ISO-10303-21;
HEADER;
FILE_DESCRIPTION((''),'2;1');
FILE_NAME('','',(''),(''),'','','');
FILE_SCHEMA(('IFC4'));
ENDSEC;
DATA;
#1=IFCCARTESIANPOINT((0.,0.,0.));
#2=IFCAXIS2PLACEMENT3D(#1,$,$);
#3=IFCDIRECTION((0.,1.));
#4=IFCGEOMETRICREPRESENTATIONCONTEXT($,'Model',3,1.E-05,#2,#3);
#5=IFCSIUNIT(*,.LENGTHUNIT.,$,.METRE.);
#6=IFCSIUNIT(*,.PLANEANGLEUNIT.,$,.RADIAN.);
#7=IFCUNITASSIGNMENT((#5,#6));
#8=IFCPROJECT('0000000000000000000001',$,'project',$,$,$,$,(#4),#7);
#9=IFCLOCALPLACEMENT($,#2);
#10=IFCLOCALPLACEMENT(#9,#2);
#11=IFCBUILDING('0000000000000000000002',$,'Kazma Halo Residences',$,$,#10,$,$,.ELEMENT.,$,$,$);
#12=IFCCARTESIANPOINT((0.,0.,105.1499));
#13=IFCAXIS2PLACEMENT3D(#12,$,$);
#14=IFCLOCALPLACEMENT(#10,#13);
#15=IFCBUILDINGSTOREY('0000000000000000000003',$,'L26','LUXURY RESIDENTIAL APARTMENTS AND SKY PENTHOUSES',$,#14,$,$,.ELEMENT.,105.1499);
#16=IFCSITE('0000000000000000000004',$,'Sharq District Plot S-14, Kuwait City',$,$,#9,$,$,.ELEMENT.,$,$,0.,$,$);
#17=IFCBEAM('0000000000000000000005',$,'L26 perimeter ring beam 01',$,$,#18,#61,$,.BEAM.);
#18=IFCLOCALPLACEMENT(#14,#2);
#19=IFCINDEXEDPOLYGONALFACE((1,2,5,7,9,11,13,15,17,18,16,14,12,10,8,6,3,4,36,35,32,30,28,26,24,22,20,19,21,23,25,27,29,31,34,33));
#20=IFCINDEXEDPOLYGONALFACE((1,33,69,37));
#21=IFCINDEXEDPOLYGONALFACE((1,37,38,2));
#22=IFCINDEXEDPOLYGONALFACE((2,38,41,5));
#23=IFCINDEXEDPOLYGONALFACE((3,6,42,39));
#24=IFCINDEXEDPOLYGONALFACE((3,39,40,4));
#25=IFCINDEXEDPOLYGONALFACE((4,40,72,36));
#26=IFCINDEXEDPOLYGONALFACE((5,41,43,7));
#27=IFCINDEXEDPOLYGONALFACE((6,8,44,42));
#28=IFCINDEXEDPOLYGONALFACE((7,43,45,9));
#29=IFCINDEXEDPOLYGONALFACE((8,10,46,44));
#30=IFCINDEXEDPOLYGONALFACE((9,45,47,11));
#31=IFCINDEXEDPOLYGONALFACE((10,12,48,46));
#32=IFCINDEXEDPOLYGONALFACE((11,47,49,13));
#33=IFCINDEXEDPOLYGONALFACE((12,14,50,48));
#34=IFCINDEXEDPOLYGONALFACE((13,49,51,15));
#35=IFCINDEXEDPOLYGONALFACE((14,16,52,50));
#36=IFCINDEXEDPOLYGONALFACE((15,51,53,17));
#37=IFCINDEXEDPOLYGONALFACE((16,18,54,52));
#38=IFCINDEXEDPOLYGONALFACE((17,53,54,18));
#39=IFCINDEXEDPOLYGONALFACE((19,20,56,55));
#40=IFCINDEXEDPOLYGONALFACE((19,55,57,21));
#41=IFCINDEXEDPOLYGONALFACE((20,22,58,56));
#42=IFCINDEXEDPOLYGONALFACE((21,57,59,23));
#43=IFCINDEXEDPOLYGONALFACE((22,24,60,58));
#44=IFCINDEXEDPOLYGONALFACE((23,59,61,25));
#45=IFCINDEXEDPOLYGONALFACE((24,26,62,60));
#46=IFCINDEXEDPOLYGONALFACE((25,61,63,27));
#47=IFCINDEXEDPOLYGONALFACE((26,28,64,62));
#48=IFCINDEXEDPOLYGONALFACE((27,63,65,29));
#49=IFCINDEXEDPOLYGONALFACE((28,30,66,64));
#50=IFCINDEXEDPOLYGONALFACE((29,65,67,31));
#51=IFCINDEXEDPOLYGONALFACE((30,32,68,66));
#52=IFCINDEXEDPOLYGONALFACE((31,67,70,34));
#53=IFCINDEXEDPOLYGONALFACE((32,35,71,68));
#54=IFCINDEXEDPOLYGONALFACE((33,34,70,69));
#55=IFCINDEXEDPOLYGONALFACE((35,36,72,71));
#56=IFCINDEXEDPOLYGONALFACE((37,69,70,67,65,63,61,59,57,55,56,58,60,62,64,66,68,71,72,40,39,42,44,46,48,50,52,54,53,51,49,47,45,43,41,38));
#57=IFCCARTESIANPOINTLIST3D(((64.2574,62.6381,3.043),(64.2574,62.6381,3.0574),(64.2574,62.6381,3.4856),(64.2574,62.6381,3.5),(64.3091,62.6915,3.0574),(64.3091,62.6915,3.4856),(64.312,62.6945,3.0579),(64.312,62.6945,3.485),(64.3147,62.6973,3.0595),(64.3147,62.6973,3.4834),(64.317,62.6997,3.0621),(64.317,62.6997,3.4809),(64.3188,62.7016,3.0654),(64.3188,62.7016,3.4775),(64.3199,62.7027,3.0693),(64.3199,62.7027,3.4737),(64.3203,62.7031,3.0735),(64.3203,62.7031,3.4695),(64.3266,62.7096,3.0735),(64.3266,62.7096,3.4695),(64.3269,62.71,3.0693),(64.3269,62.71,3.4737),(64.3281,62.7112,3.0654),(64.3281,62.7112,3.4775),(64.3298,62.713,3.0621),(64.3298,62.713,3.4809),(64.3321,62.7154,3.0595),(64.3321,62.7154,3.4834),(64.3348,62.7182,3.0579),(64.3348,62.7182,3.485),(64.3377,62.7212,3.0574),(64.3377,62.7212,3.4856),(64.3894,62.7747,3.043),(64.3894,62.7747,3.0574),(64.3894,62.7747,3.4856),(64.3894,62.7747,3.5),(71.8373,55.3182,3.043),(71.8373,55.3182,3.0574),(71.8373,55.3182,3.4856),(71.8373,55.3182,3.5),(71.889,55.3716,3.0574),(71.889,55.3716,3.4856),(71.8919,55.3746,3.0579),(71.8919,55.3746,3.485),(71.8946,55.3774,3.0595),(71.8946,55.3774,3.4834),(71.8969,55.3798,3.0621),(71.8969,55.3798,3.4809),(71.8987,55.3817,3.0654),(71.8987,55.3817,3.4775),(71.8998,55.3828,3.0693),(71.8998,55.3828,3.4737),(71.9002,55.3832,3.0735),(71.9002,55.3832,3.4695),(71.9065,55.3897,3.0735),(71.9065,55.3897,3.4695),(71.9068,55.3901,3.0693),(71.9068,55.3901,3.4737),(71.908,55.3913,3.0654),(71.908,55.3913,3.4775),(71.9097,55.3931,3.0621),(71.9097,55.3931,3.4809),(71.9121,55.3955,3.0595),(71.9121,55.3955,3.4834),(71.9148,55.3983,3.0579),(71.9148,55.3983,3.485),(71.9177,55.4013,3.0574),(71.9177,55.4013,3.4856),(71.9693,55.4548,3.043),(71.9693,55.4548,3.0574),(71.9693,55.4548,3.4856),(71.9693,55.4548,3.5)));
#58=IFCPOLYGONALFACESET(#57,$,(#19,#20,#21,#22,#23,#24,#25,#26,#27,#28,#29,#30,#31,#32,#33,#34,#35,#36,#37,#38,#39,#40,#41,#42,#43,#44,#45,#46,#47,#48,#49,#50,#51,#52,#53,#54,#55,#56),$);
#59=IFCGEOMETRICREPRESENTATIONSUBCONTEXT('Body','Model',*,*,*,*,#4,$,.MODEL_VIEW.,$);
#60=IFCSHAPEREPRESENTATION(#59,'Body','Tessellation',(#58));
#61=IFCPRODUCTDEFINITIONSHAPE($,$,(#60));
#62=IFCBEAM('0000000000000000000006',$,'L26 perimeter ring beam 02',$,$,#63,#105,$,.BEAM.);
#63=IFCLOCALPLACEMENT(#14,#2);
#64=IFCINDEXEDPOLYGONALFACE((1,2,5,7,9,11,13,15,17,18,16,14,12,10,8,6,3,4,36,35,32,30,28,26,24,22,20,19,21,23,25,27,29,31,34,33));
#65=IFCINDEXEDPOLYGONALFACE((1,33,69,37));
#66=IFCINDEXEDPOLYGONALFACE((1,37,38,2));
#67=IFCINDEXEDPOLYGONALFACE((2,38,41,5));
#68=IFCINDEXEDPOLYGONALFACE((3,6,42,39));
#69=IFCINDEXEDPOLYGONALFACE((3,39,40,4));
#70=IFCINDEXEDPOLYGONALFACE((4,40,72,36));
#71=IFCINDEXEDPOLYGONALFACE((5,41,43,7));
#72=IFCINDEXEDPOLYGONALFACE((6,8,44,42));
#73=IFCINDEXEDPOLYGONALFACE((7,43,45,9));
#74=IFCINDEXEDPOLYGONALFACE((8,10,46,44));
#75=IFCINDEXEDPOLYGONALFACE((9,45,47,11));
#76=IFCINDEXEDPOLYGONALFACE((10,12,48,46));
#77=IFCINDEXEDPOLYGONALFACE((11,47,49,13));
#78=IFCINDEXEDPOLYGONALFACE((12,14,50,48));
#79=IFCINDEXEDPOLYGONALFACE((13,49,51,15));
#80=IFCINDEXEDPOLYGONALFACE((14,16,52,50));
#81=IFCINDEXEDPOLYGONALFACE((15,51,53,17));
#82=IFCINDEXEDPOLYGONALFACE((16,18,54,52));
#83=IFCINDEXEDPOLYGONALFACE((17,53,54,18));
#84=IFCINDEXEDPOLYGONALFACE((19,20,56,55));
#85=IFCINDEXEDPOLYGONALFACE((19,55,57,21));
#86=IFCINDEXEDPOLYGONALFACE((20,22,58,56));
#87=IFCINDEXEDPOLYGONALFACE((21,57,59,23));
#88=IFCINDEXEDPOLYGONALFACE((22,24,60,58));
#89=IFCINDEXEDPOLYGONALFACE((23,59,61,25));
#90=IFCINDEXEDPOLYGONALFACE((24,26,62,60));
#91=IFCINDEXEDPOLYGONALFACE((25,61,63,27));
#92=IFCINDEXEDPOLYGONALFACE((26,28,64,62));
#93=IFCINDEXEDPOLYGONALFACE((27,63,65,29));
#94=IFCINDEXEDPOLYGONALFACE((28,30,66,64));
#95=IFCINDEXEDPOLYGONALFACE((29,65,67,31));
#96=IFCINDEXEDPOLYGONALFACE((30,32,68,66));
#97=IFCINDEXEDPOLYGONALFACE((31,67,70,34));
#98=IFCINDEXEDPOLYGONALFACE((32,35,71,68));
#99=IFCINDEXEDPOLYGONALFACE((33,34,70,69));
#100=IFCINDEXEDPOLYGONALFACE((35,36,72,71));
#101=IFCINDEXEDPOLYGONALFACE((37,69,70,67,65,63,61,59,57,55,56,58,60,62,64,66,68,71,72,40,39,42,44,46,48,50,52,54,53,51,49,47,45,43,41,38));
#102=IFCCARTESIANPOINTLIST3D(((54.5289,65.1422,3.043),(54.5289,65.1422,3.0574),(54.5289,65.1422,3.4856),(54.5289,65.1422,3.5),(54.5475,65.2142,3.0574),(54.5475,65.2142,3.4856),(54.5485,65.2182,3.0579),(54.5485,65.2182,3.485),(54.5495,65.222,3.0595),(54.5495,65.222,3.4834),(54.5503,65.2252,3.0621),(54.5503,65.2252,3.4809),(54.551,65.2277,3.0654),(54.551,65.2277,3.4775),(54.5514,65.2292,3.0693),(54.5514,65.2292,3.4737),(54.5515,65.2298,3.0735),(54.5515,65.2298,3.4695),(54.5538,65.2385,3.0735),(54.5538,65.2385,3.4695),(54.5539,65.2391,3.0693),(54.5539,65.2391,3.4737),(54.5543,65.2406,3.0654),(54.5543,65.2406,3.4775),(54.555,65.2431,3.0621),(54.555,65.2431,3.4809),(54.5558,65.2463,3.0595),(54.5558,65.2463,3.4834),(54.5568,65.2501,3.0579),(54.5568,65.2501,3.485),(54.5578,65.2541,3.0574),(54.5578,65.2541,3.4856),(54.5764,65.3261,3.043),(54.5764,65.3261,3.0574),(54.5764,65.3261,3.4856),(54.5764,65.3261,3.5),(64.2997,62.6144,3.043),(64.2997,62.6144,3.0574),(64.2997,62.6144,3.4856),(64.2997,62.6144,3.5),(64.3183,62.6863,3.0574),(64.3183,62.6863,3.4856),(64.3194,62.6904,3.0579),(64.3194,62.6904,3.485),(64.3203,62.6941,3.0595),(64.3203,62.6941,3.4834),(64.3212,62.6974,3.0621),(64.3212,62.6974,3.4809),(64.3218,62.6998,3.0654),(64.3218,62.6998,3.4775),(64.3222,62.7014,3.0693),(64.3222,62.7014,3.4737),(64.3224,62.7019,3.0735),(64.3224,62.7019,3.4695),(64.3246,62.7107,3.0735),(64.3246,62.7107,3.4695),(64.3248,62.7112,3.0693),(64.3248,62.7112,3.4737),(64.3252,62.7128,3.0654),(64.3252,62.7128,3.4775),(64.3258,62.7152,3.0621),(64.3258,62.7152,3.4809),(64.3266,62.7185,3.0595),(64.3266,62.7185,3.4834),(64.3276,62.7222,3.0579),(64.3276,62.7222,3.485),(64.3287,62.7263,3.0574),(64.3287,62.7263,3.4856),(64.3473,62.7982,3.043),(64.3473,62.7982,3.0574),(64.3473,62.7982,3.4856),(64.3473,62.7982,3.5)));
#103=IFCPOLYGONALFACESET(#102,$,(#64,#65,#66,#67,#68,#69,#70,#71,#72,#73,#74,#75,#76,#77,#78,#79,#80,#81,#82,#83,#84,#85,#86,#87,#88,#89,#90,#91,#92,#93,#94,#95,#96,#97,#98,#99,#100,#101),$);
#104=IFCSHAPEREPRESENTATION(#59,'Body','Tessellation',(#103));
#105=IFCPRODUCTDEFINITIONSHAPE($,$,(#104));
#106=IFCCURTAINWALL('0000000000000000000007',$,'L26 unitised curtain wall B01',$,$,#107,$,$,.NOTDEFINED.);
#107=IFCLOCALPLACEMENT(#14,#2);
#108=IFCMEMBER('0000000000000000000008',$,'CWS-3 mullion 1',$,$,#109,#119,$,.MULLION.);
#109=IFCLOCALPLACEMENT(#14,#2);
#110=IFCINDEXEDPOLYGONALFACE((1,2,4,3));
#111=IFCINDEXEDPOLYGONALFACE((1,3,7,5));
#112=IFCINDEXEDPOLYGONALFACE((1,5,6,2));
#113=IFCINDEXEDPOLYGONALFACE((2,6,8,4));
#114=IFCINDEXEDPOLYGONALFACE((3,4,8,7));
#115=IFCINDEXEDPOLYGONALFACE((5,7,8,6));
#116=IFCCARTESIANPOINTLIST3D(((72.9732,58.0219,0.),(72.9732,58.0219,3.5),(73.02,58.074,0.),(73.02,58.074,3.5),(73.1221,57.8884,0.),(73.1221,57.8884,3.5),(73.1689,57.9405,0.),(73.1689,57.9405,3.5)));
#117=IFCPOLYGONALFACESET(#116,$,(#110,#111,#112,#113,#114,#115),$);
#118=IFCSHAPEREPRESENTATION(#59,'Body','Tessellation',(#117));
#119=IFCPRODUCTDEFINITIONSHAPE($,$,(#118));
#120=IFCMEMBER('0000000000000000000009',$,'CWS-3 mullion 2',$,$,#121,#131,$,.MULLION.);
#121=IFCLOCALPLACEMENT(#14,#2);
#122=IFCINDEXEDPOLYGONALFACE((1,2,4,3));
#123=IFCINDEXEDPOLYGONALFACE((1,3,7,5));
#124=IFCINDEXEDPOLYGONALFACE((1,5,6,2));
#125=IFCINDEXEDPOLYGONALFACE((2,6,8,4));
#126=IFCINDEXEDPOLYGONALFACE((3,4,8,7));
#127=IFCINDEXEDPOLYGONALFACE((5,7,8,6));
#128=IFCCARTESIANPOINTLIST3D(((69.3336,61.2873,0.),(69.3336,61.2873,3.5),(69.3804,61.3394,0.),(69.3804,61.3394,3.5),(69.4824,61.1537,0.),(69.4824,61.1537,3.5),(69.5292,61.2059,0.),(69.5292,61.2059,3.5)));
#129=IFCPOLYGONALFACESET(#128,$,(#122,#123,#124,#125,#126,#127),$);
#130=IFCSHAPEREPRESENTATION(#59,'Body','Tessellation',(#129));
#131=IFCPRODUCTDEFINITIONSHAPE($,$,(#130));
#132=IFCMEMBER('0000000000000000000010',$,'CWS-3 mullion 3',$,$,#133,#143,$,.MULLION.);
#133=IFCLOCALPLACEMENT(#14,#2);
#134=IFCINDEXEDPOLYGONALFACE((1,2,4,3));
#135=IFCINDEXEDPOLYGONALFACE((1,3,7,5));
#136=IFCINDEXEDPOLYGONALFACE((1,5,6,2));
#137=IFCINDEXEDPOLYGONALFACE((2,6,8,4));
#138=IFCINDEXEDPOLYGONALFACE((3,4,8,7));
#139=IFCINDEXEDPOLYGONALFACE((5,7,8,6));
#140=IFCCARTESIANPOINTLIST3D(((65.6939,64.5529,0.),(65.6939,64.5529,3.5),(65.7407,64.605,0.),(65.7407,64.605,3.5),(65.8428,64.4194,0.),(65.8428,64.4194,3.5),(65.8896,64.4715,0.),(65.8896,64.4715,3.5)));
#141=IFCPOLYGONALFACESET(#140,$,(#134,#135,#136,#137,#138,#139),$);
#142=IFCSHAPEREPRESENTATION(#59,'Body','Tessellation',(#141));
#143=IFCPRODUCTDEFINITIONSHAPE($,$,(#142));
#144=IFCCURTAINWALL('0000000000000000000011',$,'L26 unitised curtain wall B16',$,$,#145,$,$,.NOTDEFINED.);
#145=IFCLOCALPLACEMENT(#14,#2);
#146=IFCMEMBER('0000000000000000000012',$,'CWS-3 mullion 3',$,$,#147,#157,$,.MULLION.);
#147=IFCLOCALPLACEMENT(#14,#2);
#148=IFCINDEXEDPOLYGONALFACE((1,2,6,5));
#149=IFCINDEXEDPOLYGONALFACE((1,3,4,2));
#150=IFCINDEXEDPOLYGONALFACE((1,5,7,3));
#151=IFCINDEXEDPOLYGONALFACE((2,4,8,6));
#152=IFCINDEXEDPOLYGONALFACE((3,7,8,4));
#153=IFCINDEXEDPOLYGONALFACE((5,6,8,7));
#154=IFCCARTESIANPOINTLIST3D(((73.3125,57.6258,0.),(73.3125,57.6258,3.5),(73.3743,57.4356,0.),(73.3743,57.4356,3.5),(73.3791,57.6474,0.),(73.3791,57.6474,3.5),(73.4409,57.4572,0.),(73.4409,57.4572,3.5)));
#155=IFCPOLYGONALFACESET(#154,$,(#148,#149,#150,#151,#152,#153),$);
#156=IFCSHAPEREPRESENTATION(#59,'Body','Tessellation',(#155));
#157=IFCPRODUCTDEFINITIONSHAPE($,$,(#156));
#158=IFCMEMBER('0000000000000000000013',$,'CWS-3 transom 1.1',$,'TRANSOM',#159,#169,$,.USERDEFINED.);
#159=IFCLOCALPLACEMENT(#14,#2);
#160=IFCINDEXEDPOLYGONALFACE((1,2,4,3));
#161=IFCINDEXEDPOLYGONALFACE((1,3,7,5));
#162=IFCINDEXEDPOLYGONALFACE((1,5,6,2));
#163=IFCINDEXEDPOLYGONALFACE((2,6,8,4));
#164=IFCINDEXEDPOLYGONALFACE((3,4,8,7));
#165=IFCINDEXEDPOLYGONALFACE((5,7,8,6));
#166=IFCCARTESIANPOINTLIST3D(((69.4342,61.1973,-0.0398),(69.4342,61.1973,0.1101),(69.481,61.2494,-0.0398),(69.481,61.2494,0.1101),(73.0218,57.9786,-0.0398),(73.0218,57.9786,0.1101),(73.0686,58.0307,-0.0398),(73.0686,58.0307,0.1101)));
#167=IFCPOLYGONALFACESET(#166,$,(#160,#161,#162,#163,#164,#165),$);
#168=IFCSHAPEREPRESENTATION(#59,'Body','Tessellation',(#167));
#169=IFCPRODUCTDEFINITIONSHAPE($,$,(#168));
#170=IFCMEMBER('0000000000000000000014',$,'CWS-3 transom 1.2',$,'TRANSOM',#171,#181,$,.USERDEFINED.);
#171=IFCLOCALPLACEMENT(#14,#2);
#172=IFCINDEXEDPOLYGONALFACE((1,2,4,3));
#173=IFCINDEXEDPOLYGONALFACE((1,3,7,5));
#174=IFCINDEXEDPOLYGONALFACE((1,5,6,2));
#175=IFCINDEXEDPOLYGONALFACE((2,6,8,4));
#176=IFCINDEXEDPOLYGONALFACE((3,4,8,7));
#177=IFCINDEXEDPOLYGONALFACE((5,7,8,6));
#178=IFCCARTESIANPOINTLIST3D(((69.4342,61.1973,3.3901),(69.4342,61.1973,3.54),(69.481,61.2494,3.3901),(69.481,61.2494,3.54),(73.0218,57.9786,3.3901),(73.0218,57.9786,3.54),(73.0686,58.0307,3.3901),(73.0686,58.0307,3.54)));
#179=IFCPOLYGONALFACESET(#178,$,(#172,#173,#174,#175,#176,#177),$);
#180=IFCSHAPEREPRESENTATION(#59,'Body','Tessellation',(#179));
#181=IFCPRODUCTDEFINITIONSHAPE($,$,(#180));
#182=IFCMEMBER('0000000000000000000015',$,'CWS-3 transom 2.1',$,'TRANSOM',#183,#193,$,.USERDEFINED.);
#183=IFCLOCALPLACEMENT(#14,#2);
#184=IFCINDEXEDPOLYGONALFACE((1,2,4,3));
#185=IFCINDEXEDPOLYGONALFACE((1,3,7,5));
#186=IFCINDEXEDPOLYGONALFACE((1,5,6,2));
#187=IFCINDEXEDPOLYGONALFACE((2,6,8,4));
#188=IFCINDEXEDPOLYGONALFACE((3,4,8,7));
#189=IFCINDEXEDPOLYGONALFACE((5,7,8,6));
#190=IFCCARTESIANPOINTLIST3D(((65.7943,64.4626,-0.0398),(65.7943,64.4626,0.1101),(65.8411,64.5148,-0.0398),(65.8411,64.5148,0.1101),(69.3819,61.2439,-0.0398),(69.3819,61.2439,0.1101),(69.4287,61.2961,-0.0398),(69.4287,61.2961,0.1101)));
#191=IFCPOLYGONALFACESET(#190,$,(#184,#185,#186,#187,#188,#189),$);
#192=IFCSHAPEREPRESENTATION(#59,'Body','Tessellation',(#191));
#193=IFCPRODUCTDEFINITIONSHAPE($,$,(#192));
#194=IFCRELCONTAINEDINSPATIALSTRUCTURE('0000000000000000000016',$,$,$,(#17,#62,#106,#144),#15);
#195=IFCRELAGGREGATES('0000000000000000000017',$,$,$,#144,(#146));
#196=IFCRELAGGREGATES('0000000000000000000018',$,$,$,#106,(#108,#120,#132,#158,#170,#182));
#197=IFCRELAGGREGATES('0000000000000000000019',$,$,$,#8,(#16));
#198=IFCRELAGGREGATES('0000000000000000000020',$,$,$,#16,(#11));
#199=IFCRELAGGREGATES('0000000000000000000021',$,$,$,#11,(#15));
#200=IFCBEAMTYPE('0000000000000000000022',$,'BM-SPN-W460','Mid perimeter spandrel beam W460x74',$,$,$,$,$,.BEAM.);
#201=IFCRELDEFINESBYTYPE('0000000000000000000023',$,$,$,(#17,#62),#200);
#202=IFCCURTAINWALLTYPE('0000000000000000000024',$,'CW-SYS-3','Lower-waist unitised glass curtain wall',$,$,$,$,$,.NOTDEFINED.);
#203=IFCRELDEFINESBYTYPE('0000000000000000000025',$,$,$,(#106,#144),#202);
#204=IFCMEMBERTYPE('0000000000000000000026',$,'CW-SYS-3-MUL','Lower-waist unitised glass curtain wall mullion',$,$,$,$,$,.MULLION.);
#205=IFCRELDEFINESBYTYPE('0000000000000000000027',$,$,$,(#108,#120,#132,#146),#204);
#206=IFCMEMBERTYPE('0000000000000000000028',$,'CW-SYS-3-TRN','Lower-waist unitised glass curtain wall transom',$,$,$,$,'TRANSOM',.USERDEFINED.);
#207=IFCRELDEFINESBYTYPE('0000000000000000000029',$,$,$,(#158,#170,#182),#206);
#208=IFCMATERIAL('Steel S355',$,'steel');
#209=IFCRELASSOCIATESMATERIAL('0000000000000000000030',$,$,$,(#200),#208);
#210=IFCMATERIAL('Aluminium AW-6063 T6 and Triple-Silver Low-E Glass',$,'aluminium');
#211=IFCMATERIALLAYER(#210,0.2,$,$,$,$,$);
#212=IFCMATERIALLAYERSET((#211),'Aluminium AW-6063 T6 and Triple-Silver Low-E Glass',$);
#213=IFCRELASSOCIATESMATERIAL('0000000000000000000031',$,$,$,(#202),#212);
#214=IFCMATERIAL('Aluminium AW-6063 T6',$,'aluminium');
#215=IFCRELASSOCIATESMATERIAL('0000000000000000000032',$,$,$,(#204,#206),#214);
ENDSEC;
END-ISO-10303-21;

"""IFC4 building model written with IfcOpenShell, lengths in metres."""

from ifc_helpers import new_model, si_unit, direction, frame, origin, origin_2d, place, context, subcontext, project, spatial, rectangle, i_section, extrude, material, layer, layer_set, material_profile, profile_set, type_object, element, aggregate, save


model = new_model("IFC4")

# Units and contexts
model_context = context("Model", 3, precision=1e-05, world=origin(), true_north=direction((0.0, 1.0)))
body_context = subcontext(model_context, "Body", "Model", "MODEL_VIEW")
ifc_project = project(units=[si_unit("LENGTHUNIT", "METRE"), si_unit("PLANEANGLEUNIT", "RADIAN")], contexts=[model_context])

# Site, building, storey
site_placement = place(None, origin())
site = spatial("IfcSite", under=ifc_project, at=site_placement, Name="Sharq District Plot S-14, Kuwait City", CompositionType="ELEMENT", RefElevation=0.0)
building_placement = place(site_placement, origin())
building = spatial("IfcBuilding", under=site, at=building_placement, Name="Kazma Halo Residences", CompositionType="ELEMENT")
storey_placement = place(building_placement, frame((0.0, 0.0, 105.1499)))
storey = spatial("IfcBuildingStorey", under=building, at=storey_placement, Name="L26", Description="LUXURY RESIDENTIAL APARTMENTS AND SKY PENTHOUSES", CompositionType="ELEMENT", Elevation=105.1499)

# Beams
ifc_material_1 = material(Name="Steel S355", Category="steel")
ifc_material_profile_1 = material_profile(ifc_material_1, i_section(OverallWidth=0.1899, OverallDepth=0.457, WebThickness=0.009, FlangeThickness=0.0144, FilletRadius=0.0161, at=origin_2d()), Name="W460x74")
ifc_profile_set_1 = profile_set([ifc_material_profile_1], Name="Steel S355")
beam_type_1 = type_object("IfcBeamType", Name="BM-SPN-W460", Description="Mid perimeter spandrel beam W460x74", PredefinedType="BEAM", material=ifc_profile_set_1)
beam_1_placement = place(storey_placement, frame((71.9033, 55.3865, 3.2715), z_axis=(-0.719337, 0.694661, 0.0), x_axis=(-0.694661, -0.719337, 0.0)))
element("IfcBeam", 1, at=beam_1_placement, inside=storey, type_object=beam_type_1, Name="L26 perimeter ring beam 01", PredefinedType="BEAM", context=body_context, shape_type="SweptSolid", body=[
    extrude(i_section(OverallWidth=0.1899, OverallDepth=0.457, WebThickness=0.009, FlangeThickness=0.0144, FilletRadius=0.0161, at=origin_2d()), origin(), (0.0, 0.0, 1.0), 10.5374),
])
beam_2_placement = place(storey_placement, frame((64.3235, 62.7063, 3.2715), z_axis=(-0.968125, 0.250468, 0.0), x_axis=(-0.250468, -0.968125, 0.0)))
element("IfcBeam", 2, at=beam_2_placement, inside=storey, type_object=beam_type_1, Name="L26 perimeter ring beam 02", PredefinedType="BEAM", context=body_context, shape_type="SweptSolid", body=[
    extrude(i_section(OverallWidth=0.1899, OverallDepth=0.457, WebThickness=0.009, FlangeThickness=0.0144, FilletRadius=0.0161, at=origin_2d()), origin(), (0.0, 0.0, 1.0), 10.0925),
])

# Curtain wall, members
ifc_material_2 = material(Name="Aluminium AW-6063 T6 and Triple-Silver Low-E Glass", Category="aluminium")
ifc_layer_1 = layer(ifc_material_2, 0.2)
ifc_layer_set_1 = layer_set([ifc_layer_1], Name="Aluminium AW-6063 T6 and Triple-Silver Low-E Glass")
curtain_wall_type = type_object("IfcCurtainWallType", Name="CW-SYS-3", Description="Lower-waist unitised glass curtain wall", PredefinedType="NOTDEFINED", material=ifc_layer_set_1)
curtain_wall_1_placement = place(storey_placement, origin())
curtain_wall_1 = element("IfcCurtainWall", 3, at=curtain_wall_1_placement, inside=storey, type_object=curtain_wall_type, Name="L26 unitised curtain wall B01", PredefinedType="NOTDEFINED")
ifc_material_3 = material(Name="Aluminium AW-6063 T6", Category="aluminium")
ifc_material_profile_2 = material_profile(ifc_material_3, rectangle(XDim=0.0701, YDim=0.2, at=origin_2d()), Name="CWM-70x200")
ifc_profile_set_2 = profile_set([ifc_material_profile_2], Name="Aluminium AW-6063 T6")
member_type_1 = type_object("IfcMemberType", Name="CW-SYS-3-MUL", Description="Lower-waist unitised glass curtain wall mullion", PredefinedType="MULLION", material=ifc_profile_set_2)
member_1_placement = place(storey_placement, frame((73.071, 57.9812, 0.0), z_axis=(0.0, 0.0, 1.0), x_axis=(-0.667795, -0.744345, 0.0)))
member_1 = element("IfcMember", 4, at=member_1_placement, type_object=member_type_1, Name="CWS-3 mullion 1", PredefinedType="MULLION", context=body_context, shape_type="SweptSolid", body=[
    extrude(rectangle(XDim=0.0701, YDim=0.2, at=origin_2d()), origin(), (0.0, 0.0, 1.0), 3.5),
])
member_2_placement = place(storey_placement, frame((69.4314, 61.2466, 0.0), z_axis=(0.0, 0.0, 1.0), x_axis=(-0.667795, -0.744345, 0.0)))
member_2 = element("IfcMember", 5, at=member_2_placement, type_object=member_type_1, Name="CWS-3 mullion 2", PredefinedType="MULLION", context=body_context, shape_type="SweptSolid", body=[
    extrude(rectangle(XDim=0.0701, YDim=0.2, at=origin_2d()), origin(), (0.0, 0.0, 1.0), 3.5),
])
member_3_placement = place(storey_placement, frame((65.7917, 64.5122, 0.0), z_axis=(0.0, 0.0, 1.0), x_axis=(-0.667795, -0.744345, 0.0)))
member_3 = element("IfcMember", 6, at=member_3_placement, type_object=member_type_1, Name="CWS-3 mullion 3", PredefinedType="MULLION", context=body_context, shape_type="SweptSolid", body=[
    extrude(rectangle(XDim=0.0701, YDim=0.2, at=origin_2d()), origin(), (0.0, 0.0, 1.0), 3.5),
])

# Curtain wall, member
curtain_wall_2_placement = place(storey_placement, origin())
curtain_wall_2 = element("IfcCurtainWall", 7, at=curtain_wall_2_placement, inside=storey, type_object=curtain_wall_type, Name="L26 unitised curtain wall B16", PredefinedType="NOTDEFINED")
member_4_placement = place(storey_placement, frame((73.3767, 57.5415, 0.0), z_axis=(0.0, 0.0, 1.0), x_axis=(-0.951058, -0.309013, 0.0)))
member_4 = element("IfcMember", 8, at=member_4_placement, type_object=member_type_1, Name="CWS-3 mullion 3", PredefinedType="MULLION", context=body_context, shape_type="SweptSolid", body=[
    extrude(rectangle(XDim=0.0701, YDim=0.2, at=origin_2d()), origin(), (0.0, 0.0, 1.0), 3.5),
])
aggregate(curtain_wall_2, [member_4])

# Members
ifc_material_profile_3 = material_profile(ifc_material_3, rectangle(XDim=0.0701, YDim=0.1499, at=origin_2d()), Name="CWT-70x150")
ifc_profile_set_3 = profile_set([ifc_material_profile_3], Name="Aluminium AW-6063 T6")
member_type_2 = type_object("IfcMemberType", Name="CW-SYS-3-TRN", Description="Lower-waist unitised glass curtain wall transom", ElementType="TRANSOM", PredefinedType="USERDEFINED", material=ifc_profile_set_3)
member_5_placement = place(storey_placement, frame((73.0452, 58.0046, 0.0352), z_axis=(-0.744338, 0.667803, 0.0), x_axis=(-0.667803, -0.744338, 0.0)))
member_5 = element("IfcMember", 9, at=member_5_placement, type_object=member_type_2, Name="CWS-3 transom 1.1", ObjectType="TRANSOM", PredefinedType="USERDEFINED", context=body_context, shape_type="SweptSolid", body=[
    extrude(rectangle(XDim=0.0701, YDim=0.1499, at=origin_2d()), origin(), (0.0, 0.0, 1.0), 4.8198),
])
member_6_placement = place(storey_placement, frame((73.0452, 58.0046, 3.4651), z_axis=(-0.744338, 0.667803, 0.0), x_axis=(-0.667803, -0.744338, 0.0)))
member_6 = element("IfcMember", 10, at=member_6_placement, type_object=member_type_2, Name="CWS-3 transom 1.2", ObjectType="TRANSOM", PredefinedType="USERDEFINED", context=body_context, shape_type="SweptSolid", body=[
    extrude(rectangle(XDim=0.0701, YDim=0.1499, at=origin_2d()), origin(), (0.0, 0.0, 1.0), 4.8198),
])
member_7_placement = place(storey_placement, frame((69.4053, 61.27, 0.0352), z_axis=(-0.744338, 0.667803, 0.0), x_axis=(-0.667803, -0.744338, 0.0)))
member_7 = element("IfcMember", 11, at=member_7_placement, type_object=member_type_2, Name="CWS-3 transom 2.1", ObjectType="TRANSOM", PredefinedType="USERDEFINED", context=body_context, shape_type="SweptSolid", body=[
    extrude(rectangle(XDim=0.0701, YDim=0.1499, at=origin_2d()), origin(), (0.0, 0.0, 1.0), 4.8198),
])

aggregate(curtain_wall_1, [member_1, member_2, member_3, member_5, member_6, member_7])

save(model, "model.ifc")
